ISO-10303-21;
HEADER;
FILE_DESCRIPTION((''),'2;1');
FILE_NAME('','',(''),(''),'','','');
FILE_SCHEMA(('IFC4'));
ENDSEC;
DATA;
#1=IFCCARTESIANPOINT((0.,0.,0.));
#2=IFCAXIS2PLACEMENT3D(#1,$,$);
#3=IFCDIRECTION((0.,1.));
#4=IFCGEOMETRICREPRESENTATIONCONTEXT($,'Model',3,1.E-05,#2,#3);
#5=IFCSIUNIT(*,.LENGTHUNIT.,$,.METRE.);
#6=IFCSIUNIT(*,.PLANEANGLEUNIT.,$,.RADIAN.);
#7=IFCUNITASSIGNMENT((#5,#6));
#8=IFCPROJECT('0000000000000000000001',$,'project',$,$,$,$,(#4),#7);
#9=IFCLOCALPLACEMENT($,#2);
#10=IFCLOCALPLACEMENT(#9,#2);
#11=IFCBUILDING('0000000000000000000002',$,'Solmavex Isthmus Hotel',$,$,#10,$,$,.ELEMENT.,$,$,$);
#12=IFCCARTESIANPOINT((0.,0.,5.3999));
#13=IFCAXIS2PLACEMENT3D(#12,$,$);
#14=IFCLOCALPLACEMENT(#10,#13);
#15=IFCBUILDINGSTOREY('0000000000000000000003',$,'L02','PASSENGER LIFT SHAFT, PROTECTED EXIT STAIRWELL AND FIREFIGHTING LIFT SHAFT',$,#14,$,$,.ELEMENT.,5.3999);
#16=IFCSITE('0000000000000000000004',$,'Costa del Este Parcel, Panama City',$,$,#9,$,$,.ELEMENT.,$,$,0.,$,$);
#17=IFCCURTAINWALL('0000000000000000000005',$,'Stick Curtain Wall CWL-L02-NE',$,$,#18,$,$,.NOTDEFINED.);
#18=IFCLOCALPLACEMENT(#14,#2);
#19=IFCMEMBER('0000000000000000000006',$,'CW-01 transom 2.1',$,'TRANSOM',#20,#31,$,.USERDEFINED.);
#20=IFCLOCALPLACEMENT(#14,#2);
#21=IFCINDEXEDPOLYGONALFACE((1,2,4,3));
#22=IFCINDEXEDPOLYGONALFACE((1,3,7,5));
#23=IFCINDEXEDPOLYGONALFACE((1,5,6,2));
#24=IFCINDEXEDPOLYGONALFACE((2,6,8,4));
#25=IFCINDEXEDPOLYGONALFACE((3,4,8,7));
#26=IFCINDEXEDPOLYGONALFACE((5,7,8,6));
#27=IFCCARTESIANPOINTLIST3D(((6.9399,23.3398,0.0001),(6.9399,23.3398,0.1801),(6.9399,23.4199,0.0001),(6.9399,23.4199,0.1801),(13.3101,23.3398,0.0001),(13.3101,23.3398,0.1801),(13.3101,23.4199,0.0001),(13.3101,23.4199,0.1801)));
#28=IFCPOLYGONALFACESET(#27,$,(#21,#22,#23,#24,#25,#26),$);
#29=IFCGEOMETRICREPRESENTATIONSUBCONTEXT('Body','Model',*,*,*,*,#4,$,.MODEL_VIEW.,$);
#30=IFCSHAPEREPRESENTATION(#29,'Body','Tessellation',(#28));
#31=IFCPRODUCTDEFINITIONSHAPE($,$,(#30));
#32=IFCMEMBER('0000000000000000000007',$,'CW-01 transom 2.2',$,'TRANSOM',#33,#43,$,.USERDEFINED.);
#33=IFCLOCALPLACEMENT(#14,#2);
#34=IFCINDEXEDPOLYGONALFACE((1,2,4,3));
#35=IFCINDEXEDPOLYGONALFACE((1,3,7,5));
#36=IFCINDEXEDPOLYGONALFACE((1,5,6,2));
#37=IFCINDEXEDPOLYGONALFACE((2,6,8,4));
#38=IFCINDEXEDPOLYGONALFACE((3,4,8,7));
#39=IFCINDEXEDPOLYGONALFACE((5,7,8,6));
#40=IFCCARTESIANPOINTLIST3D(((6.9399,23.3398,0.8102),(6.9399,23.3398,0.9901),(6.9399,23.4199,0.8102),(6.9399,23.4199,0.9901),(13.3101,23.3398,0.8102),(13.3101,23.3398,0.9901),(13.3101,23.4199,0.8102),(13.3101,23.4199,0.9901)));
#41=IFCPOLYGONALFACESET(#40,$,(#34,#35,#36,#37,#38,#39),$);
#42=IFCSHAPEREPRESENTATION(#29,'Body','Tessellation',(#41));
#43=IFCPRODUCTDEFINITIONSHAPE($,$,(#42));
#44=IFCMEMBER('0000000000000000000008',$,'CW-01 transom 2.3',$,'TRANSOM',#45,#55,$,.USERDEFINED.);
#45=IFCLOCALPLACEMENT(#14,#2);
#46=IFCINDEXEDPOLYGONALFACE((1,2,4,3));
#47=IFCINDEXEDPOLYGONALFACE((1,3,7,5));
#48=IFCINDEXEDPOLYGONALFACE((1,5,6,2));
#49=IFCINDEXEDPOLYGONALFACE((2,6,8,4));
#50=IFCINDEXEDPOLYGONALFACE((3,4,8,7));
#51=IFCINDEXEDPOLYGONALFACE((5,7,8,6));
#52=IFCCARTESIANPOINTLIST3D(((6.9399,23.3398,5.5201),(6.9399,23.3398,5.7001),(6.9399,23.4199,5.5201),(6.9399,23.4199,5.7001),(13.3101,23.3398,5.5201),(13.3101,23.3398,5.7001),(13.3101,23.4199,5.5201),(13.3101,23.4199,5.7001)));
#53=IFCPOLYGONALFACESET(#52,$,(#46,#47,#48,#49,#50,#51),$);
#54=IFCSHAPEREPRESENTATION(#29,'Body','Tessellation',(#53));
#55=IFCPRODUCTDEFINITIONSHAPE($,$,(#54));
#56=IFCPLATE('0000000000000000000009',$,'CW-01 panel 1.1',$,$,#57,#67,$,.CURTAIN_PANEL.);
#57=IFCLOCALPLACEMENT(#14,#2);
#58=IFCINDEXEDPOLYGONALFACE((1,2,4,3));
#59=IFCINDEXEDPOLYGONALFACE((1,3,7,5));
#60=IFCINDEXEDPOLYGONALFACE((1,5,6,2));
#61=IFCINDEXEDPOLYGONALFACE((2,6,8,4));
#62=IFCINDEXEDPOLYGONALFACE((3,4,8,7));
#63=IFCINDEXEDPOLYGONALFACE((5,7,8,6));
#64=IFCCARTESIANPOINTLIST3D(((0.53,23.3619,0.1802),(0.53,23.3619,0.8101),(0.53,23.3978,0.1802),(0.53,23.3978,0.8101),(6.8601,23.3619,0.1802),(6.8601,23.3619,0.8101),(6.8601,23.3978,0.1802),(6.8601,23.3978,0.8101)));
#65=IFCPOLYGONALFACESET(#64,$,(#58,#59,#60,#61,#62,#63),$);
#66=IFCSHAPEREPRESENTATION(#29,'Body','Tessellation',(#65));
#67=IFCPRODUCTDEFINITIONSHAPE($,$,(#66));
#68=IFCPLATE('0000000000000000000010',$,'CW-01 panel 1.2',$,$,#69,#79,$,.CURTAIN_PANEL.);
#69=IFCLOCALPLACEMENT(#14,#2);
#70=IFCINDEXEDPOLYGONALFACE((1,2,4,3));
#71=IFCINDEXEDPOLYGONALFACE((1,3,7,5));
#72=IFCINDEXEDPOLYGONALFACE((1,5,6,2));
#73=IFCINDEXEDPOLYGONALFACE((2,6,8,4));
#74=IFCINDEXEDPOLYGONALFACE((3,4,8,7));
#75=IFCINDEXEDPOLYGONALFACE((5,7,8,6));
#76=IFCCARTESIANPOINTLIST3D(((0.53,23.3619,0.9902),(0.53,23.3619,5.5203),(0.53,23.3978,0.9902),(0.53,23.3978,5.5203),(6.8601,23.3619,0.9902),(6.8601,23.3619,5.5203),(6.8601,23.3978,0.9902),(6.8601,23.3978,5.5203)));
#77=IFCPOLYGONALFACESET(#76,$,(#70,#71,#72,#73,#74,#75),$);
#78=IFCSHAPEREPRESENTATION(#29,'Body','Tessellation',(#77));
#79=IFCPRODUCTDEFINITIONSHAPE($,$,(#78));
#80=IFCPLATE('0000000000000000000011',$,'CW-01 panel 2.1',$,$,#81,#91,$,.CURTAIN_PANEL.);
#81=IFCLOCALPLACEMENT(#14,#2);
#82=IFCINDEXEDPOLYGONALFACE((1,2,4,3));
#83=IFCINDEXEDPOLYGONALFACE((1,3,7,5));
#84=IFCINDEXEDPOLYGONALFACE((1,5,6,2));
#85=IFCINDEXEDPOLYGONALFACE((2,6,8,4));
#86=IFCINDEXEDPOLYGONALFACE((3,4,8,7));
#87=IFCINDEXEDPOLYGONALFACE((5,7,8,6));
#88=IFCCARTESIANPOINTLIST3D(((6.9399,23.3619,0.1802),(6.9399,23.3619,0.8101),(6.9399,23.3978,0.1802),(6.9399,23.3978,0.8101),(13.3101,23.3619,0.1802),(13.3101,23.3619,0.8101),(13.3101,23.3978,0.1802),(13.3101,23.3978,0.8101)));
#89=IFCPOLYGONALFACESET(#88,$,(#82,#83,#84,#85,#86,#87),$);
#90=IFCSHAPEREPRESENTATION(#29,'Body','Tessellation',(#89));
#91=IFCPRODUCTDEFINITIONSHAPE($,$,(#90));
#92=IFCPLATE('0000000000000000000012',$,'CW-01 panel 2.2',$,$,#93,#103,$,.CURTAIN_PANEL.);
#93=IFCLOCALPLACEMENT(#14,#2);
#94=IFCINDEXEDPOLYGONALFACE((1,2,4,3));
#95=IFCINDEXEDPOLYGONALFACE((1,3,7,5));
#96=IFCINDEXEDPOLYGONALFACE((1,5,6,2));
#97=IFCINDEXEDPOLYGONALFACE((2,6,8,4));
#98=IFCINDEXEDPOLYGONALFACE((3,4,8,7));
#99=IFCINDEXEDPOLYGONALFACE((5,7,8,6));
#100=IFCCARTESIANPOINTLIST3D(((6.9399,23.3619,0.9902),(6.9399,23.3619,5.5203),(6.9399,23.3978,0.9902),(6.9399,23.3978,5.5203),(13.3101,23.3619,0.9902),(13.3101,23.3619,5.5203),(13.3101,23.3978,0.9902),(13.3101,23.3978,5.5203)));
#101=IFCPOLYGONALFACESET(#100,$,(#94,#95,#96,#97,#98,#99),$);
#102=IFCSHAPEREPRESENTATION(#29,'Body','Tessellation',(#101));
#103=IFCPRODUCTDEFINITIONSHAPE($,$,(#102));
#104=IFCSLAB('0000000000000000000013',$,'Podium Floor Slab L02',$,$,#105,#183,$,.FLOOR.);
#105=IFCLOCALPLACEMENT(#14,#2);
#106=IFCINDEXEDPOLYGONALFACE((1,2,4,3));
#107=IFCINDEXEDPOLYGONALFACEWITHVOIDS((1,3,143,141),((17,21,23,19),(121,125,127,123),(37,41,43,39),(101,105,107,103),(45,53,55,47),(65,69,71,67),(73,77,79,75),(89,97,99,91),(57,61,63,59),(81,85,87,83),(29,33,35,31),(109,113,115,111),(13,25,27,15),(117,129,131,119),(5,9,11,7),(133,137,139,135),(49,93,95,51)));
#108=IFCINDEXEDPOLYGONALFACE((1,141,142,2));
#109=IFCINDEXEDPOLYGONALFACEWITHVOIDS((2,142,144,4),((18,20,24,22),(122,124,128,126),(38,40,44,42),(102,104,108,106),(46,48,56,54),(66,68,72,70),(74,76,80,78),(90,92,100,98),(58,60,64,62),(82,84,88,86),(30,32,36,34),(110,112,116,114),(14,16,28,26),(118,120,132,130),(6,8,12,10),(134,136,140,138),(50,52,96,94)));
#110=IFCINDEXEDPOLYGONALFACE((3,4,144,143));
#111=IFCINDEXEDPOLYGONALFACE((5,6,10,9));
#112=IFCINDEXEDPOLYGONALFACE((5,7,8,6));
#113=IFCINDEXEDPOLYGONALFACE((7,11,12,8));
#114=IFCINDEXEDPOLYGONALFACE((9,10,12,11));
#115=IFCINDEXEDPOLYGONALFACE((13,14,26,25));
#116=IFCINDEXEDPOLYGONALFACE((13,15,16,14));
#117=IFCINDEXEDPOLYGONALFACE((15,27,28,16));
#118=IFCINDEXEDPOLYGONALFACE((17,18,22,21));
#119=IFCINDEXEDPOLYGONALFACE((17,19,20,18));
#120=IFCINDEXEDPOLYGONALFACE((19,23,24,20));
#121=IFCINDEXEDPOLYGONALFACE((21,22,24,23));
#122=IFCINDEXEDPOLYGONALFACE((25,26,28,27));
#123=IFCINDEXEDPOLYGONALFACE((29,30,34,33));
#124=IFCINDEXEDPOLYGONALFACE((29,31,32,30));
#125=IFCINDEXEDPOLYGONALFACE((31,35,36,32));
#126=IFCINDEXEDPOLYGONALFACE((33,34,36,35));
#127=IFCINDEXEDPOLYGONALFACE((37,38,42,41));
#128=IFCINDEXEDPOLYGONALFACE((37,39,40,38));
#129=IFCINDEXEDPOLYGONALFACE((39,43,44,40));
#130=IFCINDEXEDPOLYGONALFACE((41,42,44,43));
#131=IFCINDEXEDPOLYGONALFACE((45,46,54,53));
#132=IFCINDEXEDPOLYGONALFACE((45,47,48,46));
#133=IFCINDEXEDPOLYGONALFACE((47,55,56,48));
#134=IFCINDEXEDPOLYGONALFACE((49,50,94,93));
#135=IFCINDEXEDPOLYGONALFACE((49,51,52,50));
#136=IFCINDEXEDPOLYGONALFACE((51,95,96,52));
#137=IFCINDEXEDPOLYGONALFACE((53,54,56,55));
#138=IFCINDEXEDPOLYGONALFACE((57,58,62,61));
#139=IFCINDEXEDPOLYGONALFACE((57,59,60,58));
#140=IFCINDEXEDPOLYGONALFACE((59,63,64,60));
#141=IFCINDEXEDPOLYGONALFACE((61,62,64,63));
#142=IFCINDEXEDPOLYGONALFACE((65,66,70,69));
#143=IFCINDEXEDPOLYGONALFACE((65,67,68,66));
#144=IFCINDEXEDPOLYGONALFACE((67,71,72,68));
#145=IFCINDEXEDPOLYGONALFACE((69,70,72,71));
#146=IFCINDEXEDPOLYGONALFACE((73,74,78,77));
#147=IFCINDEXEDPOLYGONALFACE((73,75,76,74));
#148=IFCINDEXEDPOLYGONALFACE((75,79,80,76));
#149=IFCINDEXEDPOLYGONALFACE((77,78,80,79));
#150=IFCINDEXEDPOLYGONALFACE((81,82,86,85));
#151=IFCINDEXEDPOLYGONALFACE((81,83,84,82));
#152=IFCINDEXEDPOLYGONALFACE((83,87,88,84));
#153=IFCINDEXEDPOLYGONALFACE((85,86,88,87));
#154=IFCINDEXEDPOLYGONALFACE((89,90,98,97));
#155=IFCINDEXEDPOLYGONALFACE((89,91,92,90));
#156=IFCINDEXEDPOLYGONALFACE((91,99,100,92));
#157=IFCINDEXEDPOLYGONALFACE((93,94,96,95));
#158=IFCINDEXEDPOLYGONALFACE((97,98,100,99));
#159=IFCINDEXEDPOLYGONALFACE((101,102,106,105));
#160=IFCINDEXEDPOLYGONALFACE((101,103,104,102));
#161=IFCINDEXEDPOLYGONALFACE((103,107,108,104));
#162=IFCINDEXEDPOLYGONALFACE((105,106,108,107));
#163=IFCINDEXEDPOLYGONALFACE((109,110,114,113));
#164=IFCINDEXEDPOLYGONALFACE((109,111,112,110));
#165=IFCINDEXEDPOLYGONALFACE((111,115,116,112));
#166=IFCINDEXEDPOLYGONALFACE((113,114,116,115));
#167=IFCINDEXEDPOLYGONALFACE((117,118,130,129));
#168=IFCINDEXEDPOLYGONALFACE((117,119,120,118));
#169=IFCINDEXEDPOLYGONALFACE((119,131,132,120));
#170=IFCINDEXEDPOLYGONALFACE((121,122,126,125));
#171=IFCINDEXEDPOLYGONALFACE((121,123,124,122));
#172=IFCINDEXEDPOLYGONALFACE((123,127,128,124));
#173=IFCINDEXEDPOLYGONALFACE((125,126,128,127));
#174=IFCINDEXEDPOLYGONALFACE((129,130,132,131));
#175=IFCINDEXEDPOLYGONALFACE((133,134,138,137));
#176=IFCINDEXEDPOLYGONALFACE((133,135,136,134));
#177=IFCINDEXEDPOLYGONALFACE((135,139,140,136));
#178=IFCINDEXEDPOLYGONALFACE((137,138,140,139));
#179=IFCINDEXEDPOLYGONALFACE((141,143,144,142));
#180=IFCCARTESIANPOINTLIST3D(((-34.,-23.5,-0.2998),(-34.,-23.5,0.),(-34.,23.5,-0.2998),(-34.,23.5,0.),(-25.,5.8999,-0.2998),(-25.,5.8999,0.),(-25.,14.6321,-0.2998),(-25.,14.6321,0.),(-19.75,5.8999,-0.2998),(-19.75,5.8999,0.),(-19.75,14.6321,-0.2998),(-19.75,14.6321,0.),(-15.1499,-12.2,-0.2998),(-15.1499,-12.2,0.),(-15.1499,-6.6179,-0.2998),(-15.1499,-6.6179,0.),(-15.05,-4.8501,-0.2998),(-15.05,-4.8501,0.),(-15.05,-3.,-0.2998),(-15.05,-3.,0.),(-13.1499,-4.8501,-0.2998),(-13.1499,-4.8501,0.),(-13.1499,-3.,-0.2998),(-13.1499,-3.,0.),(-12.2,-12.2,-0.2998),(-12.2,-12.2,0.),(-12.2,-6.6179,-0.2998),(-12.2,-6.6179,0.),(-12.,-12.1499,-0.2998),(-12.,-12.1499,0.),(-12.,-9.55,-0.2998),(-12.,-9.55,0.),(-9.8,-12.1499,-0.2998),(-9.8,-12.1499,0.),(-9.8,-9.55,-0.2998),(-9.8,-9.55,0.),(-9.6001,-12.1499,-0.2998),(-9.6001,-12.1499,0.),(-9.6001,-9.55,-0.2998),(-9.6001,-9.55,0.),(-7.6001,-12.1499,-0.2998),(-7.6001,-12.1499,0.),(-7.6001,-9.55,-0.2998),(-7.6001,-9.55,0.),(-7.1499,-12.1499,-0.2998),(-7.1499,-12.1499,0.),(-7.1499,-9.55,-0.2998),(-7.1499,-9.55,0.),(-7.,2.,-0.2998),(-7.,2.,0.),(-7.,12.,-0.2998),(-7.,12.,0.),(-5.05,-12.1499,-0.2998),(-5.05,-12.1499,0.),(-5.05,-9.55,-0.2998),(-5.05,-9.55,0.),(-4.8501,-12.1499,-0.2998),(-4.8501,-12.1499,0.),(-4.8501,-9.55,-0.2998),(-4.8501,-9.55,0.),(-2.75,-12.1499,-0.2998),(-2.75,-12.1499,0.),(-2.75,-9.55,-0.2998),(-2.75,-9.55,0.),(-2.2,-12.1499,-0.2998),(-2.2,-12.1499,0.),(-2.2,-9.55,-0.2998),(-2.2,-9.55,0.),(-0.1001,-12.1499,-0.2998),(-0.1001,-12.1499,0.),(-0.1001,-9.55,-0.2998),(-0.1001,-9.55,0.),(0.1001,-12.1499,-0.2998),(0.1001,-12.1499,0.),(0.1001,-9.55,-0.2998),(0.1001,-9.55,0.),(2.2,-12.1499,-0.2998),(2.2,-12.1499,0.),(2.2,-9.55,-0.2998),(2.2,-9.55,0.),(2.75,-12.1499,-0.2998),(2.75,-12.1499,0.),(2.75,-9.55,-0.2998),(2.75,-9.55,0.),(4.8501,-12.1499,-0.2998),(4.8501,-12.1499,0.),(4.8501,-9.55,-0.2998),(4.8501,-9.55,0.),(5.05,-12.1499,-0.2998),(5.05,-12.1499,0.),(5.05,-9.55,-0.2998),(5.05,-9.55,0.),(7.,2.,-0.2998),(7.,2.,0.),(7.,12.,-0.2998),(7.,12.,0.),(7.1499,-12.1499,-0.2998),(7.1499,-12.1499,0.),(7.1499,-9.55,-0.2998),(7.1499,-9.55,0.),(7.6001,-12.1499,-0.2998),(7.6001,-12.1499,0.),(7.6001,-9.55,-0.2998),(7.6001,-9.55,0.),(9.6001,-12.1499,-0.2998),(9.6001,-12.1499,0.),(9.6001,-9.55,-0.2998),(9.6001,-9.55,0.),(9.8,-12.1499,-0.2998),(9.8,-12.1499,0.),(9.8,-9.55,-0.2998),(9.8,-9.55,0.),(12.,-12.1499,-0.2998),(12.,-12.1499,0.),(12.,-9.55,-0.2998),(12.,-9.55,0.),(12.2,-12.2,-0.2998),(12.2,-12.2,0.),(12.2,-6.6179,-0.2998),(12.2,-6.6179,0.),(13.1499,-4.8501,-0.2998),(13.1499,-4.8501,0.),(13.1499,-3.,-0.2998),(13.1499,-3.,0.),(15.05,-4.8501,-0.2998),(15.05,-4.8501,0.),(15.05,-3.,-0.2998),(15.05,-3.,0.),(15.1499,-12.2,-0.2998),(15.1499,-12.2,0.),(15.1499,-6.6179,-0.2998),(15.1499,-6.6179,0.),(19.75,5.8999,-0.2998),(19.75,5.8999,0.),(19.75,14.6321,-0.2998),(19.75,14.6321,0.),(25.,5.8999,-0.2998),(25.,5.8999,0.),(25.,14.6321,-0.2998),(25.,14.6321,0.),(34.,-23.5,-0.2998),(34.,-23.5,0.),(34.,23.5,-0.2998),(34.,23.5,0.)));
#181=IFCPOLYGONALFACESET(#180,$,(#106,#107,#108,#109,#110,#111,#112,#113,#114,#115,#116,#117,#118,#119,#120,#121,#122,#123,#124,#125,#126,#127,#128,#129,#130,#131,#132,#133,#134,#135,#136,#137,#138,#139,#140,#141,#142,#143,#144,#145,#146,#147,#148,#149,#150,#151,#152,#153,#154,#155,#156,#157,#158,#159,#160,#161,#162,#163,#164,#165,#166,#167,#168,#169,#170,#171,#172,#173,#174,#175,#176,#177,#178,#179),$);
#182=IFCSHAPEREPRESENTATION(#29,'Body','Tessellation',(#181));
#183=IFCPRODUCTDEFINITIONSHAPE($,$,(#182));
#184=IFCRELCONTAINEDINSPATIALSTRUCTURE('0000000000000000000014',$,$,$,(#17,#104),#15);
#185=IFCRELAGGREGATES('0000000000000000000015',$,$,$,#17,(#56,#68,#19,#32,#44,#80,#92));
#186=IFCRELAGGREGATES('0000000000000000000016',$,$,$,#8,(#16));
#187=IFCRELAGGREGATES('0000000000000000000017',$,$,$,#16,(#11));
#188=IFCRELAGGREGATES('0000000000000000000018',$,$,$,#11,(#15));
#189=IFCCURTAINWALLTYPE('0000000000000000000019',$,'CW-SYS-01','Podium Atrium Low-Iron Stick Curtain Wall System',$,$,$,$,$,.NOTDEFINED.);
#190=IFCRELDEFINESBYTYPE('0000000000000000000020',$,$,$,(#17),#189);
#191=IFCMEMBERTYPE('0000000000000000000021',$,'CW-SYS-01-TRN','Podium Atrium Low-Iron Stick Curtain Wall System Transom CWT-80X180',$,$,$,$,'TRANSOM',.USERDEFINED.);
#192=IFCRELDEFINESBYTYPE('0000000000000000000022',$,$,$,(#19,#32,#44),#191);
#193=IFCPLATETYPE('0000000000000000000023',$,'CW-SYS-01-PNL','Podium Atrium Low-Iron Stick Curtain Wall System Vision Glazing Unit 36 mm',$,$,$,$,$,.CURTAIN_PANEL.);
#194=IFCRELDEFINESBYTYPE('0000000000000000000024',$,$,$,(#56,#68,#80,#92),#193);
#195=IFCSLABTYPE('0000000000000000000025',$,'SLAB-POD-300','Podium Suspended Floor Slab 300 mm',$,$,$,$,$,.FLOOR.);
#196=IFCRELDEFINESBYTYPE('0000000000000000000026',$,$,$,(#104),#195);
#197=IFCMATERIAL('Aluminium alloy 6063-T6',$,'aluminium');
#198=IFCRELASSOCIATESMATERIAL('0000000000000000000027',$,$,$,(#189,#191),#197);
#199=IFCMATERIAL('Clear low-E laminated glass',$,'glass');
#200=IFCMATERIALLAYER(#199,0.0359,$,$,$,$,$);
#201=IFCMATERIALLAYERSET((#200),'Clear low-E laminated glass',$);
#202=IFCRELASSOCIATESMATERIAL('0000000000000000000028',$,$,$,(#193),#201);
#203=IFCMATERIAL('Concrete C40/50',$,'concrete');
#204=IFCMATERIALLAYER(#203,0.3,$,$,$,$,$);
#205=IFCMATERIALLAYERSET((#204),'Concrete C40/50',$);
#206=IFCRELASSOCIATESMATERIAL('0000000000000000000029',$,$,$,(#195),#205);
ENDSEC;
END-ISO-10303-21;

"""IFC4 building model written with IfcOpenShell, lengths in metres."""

from ifc_helpers import new_model, si_unit, direction, frame, origin, origin_2d, place, context, subcontext, project, spatial, polyline, rectangle, outline, extrude, material, layer, layer_set, material_profile, profile_set, type_object, element, aggregate, save


model = new_model("IFC4")

# Units and contexts
model_context = context("Model", 3, precision=1e-05, world=origin(), true_north=direction((0.0, 1.0)))
body_context = subcontext(model_context, "Body", "Model", "MODEL_VIEW")
ifc_project = project(units=[si_unit("LENGTHUNIT", "METRE"), si_unit("PLANEANGLEUNIT", "RADIAN")], contexts=[model_context])

# Site, building, storey
site_placement = place(None, origin())
site = spatial("IfcSite", under=ifc_project, at=site_placement, Name="Costa del Este Parcel, Panama City", CompositionType="ELEMENT", RefElevation=0.0)
building_placement = place(site_placement, origin())
building = spatial("IfcBuilding", under=site, at=building_placement, Name="Solmavex Isthmus Hotel", CompositionType="ELEMENT")
storey_placement = place(building_placement, frame((0.0, 0.0, 5.3999)))
storey = spatial("IfcBuildingStorey", under=building, at=storey_placement, Name="L02", Description="PASSENGER LIFT SHAFT, PROTECTED EXIT STAIRWELL AND FIREFIGHTING LIFT SHAFT", CompositionType="ELEMENT", Elevation=5.3999)

# Curtain wall, members, plates
ifc_material_1 = material(Name="Aluminium alloy 6063-T6", Category="aluminium")
curtain_wall_type = type_object("IfcCurtainWallType", Name="CW-SYS-01", Description="Podium Atrium Low-Iron Stick Curtain Wall System", PredefinedType="NOTDEFINED", material=ifc_material_1)
curtain_wall_placement = place(storey_placement, origin())
curtain_wall = element("IfcCurtainWall", 1, at=curtain_wall_placement, inside=storey, type_object=curtain_wall_type, Name="Stick Curtain Wall CWL-L02-NE", PredefinedType="NOTDEFINED")
ifc_material_profile_1 = material_profile(ifc_material_1, rectangle(XDim=0.0801, YDim=0.1799, at=origin_2d()), Name="CWT-80X180")
ifc_profile_set_1 = profile_set([ifc_material_profile_1], Name="Aluminium alloy 6063-T6")
member_type_1 = type_object("IfcMemberType", Name="CW-SYS-01-TRN", Description="Podium Atrium Low-Iron Stick Curtain Wall System Transom CWT-80X180", ElementType="TRANSOM", PredefinedType="USERDEFINED", material=ifc_profile_set_1)
member_1_placement = place(storey_placement, frame((6.9399, 23.3799, 0.0901), z_axis=(1.0, 0.0, 0.0), x_axis=(0.0, 1.0, 0.0)))
member_1 = element("IfcMember", 2, at=member_1_placement, type_object=member_type_1, Name="CW-01 transom 2.1", ObjectType="TRANSOM", PredefinedType="USERDEFINED", context=body_context, shape_type="SweptSolid", body=[
    extrude(rectangle(XDim=0.0801, YDim=0.1799, at=origin_2d()), origin(), (0.0, 0.0, 1.0), 6.3701),
])
member_2_placement = place(storey_placement, frame((6.9399, 23.3799, 0.9001), z_axis=(1.0, 0.0, 0.0), x_axis=(0.0, 1.0, 0.0)))
member_2 = element("IfcMember", 3, at=member_2_placement, type_object=member_type_1, Name="CW-01 transom 2.2", ObjectType="TRANSOM", PredefinedType="USERDEFINED", context=body_context, shape_type="SweptSolid", body=[
    extrude(rectangle(XDim=0.0801, YDim=0.1799, at=origin_2d()), origin(), (0.0, 0.0, 1.0), 6.3701),
])
member_3_placement = place(storey_placement, frame((6.9399, 23.3799, 5.6101), z_axis=(1.0, 0.0, 0.0), x_axis=(0.0, 1.0, 0.0)))
member_3 = element("IfcMember", 4, at=member_3_placement, type_object=member_type_1, Name="CW-01 transom 2.3", ObjectType="TRANSOM", PredefinedType="USERDEFINED", context=body_context, shape_type="SweptSolid", body=[
    extrude(rectangle(XDim=0.0801, YDim=0.1799, at=origin_2d()), origin(), (0.0, 0.0, 1.0), 6.3701),
])
ifc_material_2 = material(Name="Clear low-E laminated glass", Category="glass")
ifc_layer_1 = layer(ifc_material_2, 0.0359)
ifc_layer_set_1 = layer_set([ifc_layer_1], Name="Clear low-E laminated glass")
plate_type = type_object("IfcPlateType", Name="CW-SYS-01-PNL", Description="Podium Atrium Low-Iron Stick Curtain Wall System Vision Glazing Unit 36 mm", PredefinedType="CURTAIN_PANEL", material=ifc_layer_set_1)
plate_1_placement = place(storey_placement, frame((3.6951, 23.3799, 0.1802), z_axis=(0.0, 0.0, 1.0), x_axis=(1.0, 0.0, 0.0)))
plate_1 = element("IfcPlate", 5, at=plate_1_placement, type_object=plate_type, Name="CW-01 panel 1.1", PredefinedType="CURTAIN_PANEL", context=body_context, shape_type="SweptSolid", body=[
    extrude(rectangle(XDim=6.3301, YDim=0.0359, at=origin_2d()), origin(), (0.0, 0.0, 1.0), 0.6299),
])
plate_2_placement = place(storey_placement, frame((3.6951, 23.3799, 0.9902), z_axis=(0.0, 0.0, 1.0), x_axis=(1.0, 0.0, 0.0)))
plate_2 = element("IfcPlate", 6, at=plate_2_placement, type_object=plate_type, Name="CW-01 panel 1.2", PredefinedType="CURTAIN_PANEL", context=body_context, shape_type="SweptSolid", body=[
    extrude(rectangle(XDim=6.3301, YDim=0.0359, at=origin_2d()), origin(), (0.0, 0.0, 1.0), 4.53),
])
plate_3_placement = place(storey_placement, frame((10.125, 23.3799, 0.1802), z_axis=(0.0, 0.0, 1.0), x_axis=(1.0, 0.0, 0.0)))
plate_3 = element("IfcPlate", 7, at=plate_3_placement, type_object=plate_type, Name="CW-01 panel 2.1", PredefinedType="CURTAIN_PANEL", context=body_context, shape_type="SweptSolid", body=[
    extrude(rectangle(XDim=6.3701, YDim=0.0359, at=origin_2d()), origin(), (0.0, 0.0, 1.0), 0.6299),
])
plate_4_placement = place(storey_placement, frame((10.125, 23.3799, 0.9902), z_axis=(0.0, 0.0, 1.0), x_axis=(1.0, 0.0, 0.0)))
plate_4 = element("IfcPlate", 8, at=plate_4_placement, type_object=plate_type, Name="CW-01 panel 2.2", PredefinedType="CURTAIN_PANEL", context=body_context, shape_type="SweptSolid", body=[
    extrude(rectangle(XDim=6.3701, YDim=0.0359, at=origin_2d()), origin(), (0.0, 0.0, 1.0), 4.53),
])
aggregate(curtain_wall, [plate_1, plate_2, member_1, member_2, member_3, plate_3, plate_4])

# Slab
ifc_material_3 = material(Name="Concrete C40/50", Category="concrete")
ifc_layer_2 = layer(ifc_material_3, 0.3)
ifc_layer_set_2 = layer_set([ifc_layer_2], Name="Concrete C40/50")
slab_type_1 = type_object("IfcSlabType", Name="SLAB-POD-300", Description="Podium Suspended Floor Slab 300 mm", PredefinedType="FLOOR", material=ifc_layer_set_2)
slab_1_placement = place(storey_placement, frame((0.0, 0.0, -0.2998)))
element("IfcSlab", 9, at=slab_1_placement, inside=storey, type_object=slab_type_1, Name="Podium Floor Slab L02", PredefinedType="FLOOR", context=body_context, shape_type="SweptSolid", body=[
    extrude(outline(polyline([(-34.0, -23.5), (34.0, -23.5), (34.0, 23.5), (-34.0, 23.5), (-34.0, -23.5)]), holes=[polyline([(-15.1499, -6.6179), (-15.1499, -12.2), (-12.2, -12.2), (-12.2, -6.6179), (-15.1499, -6.6179)]), polyline([(12.2, -6.6179), (12.2, -12.2), (15.1499, -12.2), (15.1499, -6.6179), (12.2, -6.6179)]), polyline([(19.75, 14.6321), (19.75, 5.8999), (25.0, 5.8999), (25.0, 14.6321), (19.75, 14.6321)]), polyline([(-25.0, 14.6321), (-25.0, 5.8999), (-19.75, 5.8999), (-19.75, 14.6321), (-25.0, 14.6321)]), polyline([(-12.0, -12.1499), (-9.8, -12.1499), (-9.8, -9.55), (-12.0, -9.55), (-12.0, -12.1499)]), polyline([(9.8, -12.1499), (12.0, -12.1499), (12.0, -9.55), (9.8, -9.55), (9.8, -12.1499)]), polyline([(-9.6001, -12.1499), (-7.6001, -12.1499), (-7.6001, -9.55), (-9.6001, -9.55), (-9.6001, -12.1499)]), polyline([(7.6001, -12.1499), (9.6001, -12.1499), (9.6001, -9.55), (7.6001, -9.55), (7.6001, -12.1499)]), polyline([(-7.1499, -12.1499), (-5.05, -12.1499), (-5.05, -9.55), (-7.1499, -9.55), (-7.1499, -12.1499)]), polyline([(-4.8501, -12.1499), (-2.75, -12.1499), (-2.75, -9.55), (-4.8501, -9.55), (-4.8501, -12.1499)]), polyline([(-2.2, -12.1499), (-0.1001, -12.1499), (-0.1001, -9.55), (-2.2, -9.55), (-2.2, -12.1499)]), polyline([(0.1001, -12.1499), (2.2, -12.1499), (2.2, -9.55), (0.1001, -9.55), (0.1001, -12.1499)]), polyline([(2.75, -12.1499), (4.8501, -12.1499), (4.8501, -9.55), (2.75, -9.55), (2.75, -12.1499)]), polyline([(5.05, -12.1499), (7.1499, -12.1499), (7.1499, -9.55), (5.05, -9.55), (5.05, -12.1499)]), polyline([(-7.0, 2.0), (7.0, 2.0), (7.0, 12.0), (-7.0, 12.0), (-7.0, 2.0)]), polyline([(-15.05, -4.8501), (-13.1499, -4.8501), (-13.1499, -3.0), (-15.05, -3.0), (-15.05, -4.8501)]), polyline([(13.1499, -4.8501), (15.05, -4.8501), (15.05, -3.0), (13.1499, -3.0), (13.1499, -4.8501)])]), origin(), (0.0, 0.0, 1.0), 0.2998),
])

save(model, "model.ifc")
